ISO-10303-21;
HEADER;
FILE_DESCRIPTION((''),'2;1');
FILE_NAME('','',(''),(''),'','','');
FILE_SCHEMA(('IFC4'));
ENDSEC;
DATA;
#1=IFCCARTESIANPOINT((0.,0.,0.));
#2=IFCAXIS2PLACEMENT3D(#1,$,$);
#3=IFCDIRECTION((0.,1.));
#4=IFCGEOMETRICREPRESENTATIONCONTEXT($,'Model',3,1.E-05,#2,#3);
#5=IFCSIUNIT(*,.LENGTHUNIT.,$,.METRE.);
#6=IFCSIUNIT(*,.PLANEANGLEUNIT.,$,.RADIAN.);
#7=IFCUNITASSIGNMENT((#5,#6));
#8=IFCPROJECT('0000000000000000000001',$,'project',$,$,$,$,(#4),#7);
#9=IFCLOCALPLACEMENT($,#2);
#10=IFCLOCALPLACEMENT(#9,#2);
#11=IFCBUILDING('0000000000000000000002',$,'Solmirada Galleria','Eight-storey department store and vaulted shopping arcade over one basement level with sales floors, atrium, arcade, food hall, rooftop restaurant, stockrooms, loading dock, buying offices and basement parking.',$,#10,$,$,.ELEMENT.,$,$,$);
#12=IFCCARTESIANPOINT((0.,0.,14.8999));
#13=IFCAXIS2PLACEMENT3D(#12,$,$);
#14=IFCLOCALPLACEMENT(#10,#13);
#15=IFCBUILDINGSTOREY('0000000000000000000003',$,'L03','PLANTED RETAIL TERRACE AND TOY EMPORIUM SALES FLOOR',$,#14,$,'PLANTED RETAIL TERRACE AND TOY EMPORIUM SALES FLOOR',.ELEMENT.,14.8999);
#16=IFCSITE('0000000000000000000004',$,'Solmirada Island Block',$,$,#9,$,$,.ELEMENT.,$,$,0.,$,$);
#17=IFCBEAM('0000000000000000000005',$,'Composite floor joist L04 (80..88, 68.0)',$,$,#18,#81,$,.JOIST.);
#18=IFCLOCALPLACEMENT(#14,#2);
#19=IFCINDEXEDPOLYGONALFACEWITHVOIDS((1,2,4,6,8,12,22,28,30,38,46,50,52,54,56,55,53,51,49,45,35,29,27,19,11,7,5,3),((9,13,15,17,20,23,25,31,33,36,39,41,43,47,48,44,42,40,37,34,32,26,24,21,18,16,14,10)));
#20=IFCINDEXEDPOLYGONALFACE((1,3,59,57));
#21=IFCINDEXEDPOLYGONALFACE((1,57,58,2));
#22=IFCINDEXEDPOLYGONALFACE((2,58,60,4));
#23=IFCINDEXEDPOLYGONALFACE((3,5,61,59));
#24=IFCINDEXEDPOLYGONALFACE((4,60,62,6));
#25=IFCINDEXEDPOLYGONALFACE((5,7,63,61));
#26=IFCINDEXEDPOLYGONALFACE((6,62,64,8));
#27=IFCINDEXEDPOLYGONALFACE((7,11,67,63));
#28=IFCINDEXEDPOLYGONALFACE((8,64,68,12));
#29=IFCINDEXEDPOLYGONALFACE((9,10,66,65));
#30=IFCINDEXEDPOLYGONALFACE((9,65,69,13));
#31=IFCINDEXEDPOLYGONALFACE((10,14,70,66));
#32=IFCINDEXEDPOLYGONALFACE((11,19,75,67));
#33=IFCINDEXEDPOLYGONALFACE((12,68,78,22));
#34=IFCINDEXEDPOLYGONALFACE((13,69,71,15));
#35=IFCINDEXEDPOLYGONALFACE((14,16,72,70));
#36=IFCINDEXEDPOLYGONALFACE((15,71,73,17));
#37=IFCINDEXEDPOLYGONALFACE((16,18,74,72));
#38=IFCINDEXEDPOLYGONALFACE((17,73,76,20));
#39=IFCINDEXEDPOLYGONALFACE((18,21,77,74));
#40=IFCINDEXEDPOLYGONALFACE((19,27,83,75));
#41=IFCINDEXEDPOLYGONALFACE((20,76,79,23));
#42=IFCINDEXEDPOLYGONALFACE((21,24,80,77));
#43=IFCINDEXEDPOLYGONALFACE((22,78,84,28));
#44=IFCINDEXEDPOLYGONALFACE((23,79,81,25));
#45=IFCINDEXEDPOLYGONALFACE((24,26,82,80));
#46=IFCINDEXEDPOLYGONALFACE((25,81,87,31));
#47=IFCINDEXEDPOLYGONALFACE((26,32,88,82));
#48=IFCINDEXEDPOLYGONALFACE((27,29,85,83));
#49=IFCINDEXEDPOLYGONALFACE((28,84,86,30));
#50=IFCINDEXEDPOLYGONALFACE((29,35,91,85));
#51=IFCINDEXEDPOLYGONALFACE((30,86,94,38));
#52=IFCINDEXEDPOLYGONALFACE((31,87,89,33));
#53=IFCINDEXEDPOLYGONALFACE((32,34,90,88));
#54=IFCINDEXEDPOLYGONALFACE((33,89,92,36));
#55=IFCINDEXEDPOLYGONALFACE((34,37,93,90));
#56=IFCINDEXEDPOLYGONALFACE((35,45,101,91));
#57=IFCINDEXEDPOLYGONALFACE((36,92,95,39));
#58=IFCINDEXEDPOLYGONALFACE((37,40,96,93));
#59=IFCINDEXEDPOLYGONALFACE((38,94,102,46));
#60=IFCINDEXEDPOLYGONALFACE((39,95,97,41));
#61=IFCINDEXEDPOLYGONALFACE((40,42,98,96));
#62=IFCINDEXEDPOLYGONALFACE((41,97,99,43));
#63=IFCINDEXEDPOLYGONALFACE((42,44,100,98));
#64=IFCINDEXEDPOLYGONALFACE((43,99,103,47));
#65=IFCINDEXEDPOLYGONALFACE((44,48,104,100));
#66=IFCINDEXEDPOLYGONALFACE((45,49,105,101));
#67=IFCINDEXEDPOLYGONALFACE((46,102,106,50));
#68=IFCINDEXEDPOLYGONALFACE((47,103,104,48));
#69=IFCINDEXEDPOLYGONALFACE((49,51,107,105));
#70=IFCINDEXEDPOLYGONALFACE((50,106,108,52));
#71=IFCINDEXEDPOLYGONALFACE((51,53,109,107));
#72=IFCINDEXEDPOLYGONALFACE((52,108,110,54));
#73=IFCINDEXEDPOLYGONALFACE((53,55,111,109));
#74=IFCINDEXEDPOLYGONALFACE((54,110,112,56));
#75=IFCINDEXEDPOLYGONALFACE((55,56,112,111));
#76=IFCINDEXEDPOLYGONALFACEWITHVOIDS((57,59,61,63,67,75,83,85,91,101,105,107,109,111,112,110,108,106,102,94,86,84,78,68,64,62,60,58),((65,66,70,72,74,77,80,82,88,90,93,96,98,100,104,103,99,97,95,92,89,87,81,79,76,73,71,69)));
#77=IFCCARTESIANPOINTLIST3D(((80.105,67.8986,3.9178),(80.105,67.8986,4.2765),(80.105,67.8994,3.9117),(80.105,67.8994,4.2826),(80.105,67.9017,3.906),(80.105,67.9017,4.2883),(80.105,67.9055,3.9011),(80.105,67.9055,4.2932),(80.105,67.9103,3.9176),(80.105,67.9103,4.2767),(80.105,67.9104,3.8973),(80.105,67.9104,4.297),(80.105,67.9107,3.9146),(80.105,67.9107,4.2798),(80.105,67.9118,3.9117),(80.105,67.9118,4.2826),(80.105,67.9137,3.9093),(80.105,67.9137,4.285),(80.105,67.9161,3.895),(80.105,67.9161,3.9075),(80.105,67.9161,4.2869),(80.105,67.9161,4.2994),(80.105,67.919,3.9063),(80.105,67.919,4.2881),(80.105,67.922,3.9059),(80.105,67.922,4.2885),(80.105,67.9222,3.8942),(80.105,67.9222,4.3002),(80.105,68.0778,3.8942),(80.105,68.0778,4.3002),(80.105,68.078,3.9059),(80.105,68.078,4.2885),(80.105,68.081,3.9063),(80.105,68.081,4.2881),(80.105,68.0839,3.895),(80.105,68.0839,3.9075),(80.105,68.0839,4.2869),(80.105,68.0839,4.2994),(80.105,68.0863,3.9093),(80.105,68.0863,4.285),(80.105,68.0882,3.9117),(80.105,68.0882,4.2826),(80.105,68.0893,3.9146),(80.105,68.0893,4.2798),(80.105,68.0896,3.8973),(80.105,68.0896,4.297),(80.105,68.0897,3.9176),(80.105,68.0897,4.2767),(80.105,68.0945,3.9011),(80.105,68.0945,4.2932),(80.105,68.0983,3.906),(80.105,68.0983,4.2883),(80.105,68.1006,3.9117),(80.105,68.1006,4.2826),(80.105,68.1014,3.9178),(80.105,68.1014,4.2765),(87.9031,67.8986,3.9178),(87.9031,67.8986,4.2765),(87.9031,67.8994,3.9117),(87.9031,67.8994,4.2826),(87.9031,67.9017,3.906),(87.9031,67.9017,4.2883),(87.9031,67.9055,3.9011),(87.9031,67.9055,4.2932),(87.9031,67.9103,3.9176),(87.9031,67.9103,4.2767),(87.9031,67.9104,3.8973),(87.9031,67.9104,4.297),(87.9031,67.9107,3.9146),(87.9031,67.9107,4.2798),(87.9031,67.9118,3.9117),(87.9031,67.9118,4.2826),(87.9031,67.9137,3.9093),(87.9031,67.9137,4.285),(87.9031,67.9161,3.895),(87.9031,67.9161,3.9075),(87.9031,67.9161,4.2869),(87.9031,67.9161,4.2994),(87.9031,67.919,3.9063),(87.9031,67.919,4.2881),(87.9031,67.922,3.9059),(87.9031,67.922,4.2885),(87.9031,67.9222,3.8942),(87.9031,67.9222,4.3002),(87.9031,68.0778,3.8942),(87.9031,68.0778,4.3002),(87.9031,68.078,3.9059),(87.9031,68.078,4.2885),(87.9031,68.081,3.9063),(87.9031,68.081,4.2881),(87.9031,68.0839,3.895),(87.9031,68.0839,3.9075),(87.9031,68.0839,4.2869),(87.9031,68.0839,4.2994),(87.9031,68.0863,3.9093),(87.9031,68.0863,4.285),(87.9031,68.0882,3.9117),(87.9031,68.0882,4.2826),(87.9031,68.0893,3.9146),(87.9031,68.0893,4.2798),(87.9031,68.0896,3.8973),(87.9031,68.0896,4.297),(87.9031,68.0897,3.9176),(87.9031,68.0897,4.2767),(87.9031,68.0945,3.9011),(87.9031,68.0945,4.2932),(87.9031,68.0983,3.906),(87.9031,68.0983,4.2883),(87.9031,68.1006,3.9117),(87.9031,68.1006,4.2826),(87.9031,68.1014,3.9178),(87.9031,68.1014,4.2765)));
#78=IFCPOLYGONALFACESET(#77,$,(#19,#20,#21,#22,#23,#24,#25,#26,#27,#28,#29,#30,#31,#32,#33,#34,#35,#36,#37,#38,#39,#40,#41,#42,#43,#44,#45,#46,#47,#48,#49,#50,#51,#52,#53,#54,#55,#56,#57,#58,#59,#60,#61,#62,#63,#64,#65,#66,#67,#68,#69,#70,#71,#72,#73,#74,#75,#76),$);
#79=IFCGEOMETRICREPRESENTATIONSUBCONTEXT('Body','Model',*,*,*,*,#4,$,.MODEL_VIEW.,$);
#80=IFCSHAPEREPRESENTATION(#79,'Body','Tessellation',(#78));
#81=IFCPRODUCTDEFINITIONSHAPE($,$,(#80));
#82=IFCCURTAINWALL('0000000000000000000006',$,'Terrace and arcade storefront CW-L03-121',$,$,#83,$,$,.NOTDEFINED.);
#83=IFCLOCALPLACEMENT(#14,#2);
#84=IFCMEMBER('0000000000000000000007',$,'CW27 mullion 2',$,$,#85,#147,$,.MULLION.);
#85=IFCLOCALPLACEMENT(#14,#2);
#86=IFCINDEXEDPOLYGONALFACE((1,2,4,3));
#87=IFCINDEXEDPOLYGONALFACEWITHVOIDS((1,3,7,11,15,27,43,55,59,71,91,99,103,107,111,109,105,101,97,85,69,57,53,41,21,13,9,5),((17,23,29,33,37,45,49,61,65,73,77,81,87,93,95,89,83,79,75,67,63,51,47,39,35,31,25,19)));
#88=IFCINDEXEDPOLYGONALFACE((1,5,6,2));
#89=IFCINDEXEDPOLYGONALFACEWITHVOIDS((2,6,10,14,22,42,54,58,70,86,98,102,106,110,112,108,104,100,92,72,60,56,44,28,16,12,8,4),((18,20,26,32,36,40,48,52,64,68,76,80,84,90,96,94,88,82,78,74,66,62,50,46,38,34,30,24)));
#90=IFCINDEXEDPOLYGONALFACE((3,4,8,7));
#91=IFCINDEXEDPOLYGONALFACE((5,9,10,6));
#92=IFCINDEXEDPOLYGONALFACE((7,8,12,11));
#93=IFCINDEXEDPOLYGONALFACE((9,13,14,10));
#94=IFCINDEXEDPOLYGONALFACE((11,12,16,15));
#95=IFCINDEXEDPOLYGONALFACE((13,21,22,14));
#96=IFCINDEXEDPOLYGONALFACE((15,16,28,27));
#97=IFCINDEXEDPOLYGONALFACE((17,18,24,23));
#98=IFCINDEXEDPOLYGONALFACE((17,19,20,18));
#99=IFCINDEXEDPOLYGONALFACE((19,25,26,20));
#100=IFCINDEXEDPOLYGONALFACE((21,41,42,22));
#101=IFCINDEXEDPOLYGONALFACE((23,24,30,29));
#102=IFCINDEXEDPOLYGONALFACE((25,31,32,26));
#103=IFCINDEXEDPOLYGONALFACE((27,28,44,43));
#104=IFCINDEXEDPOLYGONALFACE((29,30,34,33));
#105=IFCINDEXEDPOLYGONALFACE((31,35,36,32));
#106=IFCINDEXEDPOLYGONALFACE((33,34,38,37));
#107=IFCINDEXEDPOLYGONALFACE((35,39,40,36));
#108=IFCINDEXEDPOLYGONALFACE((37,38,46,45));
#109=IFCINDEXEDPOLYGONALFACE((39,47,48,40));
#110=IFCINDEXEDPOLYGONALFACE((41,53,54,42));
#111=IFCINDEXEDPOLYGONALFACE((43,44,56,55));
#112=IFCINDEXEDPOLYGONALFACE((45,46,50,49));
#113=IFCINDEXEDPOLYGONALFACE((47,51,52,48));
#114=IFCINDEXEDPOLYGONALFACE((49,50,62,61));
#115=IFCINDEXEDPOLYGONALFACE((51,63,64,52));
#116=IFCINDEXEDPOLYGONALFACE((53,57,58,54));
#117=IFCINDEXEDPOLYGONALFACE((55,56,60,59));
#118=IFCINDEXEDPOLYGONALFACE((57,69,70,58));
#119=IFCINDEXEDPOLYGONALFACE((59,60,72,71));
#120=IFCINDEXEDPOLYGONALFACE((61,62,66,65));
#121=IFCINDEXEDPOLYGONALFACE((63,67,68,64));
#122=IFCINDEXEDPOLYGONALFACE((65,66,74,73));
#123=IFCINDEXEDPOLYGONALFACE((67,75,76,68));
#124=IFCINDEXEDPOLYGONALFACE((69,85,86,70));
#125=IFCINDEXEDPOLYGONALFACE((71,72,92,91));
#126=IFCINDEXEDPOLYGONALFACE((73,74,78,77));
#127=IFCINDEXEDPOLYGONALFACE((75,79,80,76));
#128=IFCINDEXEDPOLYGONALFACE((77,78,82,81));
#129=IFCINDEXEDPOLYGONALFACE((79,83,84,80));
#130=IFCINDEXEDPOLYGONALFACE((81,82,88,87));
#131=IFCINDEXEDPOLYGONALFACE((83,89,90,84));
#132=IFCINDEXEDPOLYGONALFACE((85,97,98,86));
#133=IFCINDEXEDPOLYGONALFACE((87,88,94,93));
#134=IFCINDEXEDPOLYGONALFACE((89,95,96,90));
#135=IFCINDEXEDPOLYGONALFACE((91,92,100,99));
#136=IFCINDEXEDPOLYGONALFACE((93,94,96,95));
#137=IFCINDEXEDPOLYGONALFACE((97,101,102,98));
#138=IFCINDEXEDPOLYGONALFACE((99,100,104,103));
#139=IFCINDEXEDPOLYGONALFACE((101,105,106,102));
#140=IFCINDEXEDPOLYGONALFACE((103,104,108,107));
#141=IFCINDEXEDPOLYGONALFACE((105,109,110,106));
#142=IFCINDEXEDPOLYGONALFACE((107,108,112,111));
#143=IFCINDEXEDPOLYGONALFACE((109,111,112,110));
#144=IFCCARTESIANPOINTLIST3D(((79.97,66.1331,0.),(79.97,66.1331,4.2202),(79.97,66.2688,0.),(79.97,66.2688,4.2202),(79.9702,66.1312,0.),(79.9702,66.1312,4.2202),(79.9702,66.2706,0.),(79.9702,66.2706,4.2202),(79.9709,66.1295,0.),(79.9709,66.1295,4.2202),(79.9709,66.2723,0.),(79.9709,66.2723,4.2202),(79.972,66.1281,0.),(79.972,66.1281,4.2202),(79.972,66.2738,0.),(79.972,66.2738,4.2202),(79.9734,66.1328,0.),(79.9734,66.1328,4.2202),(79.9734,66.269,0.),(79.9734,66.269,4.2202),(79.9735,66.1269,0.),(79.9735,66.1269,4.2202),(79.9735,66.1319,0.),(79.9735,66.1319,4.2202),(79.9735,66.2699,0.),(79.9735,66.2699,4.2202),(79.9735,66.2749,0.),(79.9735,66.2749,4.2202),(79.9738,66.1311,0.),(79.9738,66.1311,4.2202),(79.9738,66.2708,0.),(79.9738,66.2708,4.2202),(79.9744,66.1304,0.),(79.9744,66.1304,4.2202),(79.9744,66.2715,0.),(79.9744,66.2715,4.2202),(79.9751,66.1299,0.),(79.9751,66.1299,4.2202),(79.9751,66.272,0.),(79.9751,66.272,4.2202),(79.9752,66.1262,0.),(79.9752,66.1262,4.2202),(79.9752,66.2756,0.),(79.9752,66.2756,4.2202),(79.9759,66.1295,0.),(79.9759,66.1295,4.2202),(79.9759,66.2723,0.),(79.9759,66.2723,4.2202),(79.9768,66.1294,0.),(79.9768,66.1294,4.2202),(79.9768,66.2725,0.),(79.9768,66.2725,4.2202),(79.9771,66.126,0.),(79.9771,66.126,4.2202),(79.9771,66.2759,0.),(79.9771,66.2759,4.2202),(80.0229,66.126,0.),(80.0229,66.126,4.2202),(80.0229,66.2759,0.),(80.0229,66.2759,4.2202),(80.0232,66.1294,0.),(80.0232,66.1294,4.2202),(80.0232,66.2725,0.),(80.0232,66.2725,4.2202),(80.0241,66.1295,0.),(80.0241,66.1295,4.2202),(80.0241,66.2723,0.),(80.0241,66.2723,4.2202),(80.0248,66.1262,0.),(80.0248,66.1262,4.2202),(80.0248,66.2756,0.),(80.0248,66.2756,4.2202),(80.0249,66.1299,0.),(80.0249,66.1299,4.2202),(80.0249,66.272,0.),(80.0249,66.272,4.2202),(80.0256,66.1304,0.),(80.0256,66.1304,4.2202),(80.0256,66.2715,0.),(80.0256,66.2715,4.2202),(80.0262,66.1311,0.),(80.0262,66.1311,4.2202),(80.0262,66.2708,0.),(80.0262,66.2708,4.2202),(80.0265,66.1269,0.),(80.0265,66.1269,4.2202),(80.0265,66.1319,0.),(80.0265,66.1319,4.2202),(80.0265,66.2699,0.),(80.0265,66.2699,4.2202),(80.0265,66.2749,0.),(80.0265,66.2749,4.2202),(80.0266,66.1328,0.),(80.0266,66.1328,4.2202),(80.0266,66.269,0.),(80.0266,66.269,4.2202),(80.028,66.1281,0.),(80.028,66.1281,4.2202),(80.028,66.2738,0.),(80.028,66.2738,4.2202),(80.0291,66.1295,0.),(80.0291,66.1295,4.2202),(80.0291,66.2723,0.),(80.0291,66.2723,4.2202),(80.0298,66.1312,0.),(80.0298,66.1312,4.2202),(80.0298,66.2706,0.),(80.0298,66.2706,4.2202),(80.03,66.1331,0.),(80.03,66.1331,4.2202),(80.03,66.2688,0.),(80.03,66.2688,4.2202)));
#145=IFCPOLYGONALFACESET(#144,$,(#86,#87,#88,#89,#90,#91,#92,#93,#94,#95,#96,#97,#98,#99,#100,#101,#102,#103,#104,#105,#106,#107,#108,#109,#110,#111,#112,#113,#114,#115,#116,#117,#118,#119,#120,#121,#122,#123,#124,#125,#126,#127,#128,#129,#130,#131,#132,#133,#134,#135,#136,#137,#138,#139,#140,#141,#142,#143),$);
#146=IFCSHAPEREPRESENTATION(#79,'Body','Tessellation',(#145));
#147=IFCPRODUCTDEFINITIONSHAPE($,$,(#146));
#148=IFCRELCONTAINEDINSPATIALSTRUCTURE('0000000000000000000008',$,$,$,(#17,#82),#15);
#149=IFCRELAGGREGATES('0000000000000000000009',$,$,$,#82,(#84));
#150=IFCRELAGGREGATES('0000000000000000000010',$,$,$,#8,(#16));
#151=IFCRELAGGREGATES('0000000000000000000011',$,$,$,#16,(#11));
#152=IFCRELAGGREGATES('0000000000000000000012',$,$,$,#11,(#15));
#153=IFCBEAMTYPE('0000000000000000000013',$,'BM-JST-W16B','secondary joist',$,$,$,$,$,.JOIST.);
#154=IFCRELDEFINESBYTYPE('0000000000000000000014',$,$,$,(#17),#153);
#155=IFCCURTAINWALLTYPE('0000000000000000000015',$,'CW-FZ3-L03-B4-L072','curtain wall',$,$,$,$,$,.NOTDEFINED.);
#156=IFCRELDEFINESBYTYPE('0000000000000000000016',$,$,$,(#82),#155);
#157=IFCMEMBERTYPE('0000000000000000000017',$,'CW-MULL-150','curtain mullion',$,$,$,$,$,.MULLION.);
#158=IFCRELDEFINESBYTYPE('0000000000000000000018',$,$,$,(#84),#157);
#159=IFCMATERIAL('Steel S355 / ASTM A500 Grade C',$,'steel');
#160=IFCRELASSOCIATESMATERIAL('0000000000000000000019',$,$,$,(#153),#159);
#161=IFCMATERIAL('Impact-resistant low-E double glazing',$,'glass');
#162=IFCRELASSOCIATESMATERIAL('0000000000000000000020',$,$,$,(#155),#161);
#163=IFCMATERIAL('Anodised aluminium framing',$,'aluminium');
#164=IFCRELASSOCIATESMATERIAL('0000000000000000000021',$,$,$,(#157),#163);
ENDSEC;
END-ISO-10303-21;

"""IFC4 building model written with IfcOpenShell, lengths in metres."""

from ifc_helpers import new_model, si_unit, direction, frame, origin, origin_2d, place, context, subcontext, project, spatial, hollow_rectangle, extrude, material, material_profile, profile_set, type_object, element, aggregate, save


model = new_model("IFC4")

# Units and contexts
model_context = context("Model", 3, precision=1e-05, world=origin(), true_north=direction((0.0, 1.0)))
body_context = subcontext(model_context, "Body", "Model", "MODEL_VIEW")
ifc_project = project(units=[si_unit("LENGTHUNIT", "METRE"), si_unit("PLANEANGLEUNIT", "RADIAN")], contexts=[model_context])

# Site, building, storey
site_placement = place(None, origin())
site = spatial("IfcSite", under=ifc_project, at=site_placement, Name="Solmirada Island Block", CompositionType="ELEMENT", RefElevation=0.0)
building_placement = place(site_placement, origin())
building = spatial("IfcBuilding", under=site, at=building_placement, Name="Solmirada Galleria", Description="Eight-storey department store and vaulted shopping arcade over one basement level with sales floors, atrium, arcade, food hall, rooftop restaurant, stockrooms, loading dock, buying offices and basement parking.", CompositionType="ELEMENT")
storey_placement = place(building_placement, frame((0.0, 0.0, 14.8999)))
storey = spatial("IfcBuildingStorey", under=building, at=storey_placement, Name="L03", Description="PLANTED RETAIL TERRACE AND TOY EMPORIUM SALES FLOOR", LongName="PLANTED RETAIL TERRACE AND TOY EMPORIUM SALES FLOOR", CompositionType="ELEMENT", Elevation=14.8999)

# Beam
ifc_material_1 = material(Name="Steel S355 / ASTM A500 Grade C", Category="steel")
ifc_material_profile_1 = material_profile(ifc_material_1, hollow_rectangle(XDim=0.2029, YDim=0.406, WallThickness=0.0117, InnerFilletRadius=0.0117, OuterFilletRadius=0.0237, at=origin_2d()), Name="HSS16X8X1/2")
ifc_profile_set_1 = profile_set([ifc_material_profile_1], Name="Steel S355 / ASTM A500 Grade C")
beam_type_1 = type_object("IfcBeamType", Name="BM-JST-W16B", Description="secondary joist", PredefinedType="JOIST", material=ifc_profile_set_1)
for number, where, z_axis, x_axis, name in (
    (1, (80.105, 68.0, 4.0972), (1.0, 0.0, 0.0), (0.0, 1.0, 0.0), "Composite floor joist L04 (80..88, 68.0)"),
):
    element("IfcBeam", number, at=place(storey_placement, frame(where, z_axis=z_axis, x_axis=x_axis)), inside=storey, type_object=beam_type_1, Name=name, PredefinedType="JOIST", context=body_context, shape_type="SweptSolid", body=[
        extrude(hollow_rectangle(XDim=0.2029, YDim=0.406, WallThickness=0.0117, InnerFilletRadius=0.0117, OuterFilletRadius=0.0237, at=origin_2d()), origin(), (0.0, 0.0, 1.0), 7.7981),
    ])

# Curtain wall, member
ifc_material_2 = material(Name="Impact-resistant low-E double glazing", Category="glass")
curtain_wall_type = type_object("IfcCurtainWallType", Name="CW-FZ3-L03-B4-L072", Description="curtain wall", PredefinedType="NOTDEFINED", material=ifc_material_2)
curtain_wall_placement = place(storey_placement, origin())
curtain_wall = element("IfcCurtainWall", 2, at=curtain_wall_placement, inside=storey, type_object=curtain_wall_type, Name="Terrace and arcade storefront CW-L03-121", PredefinedType="NOTDEFINED")
ifc_material_3 = material(Name="Anodised aluminium framing", Category="aluminium")
ifc_material_profile_2 = material_profile(ifc_material_3, hollow_rectangle(XDim=0.0601, YDim=0.1499, WallThickness=0.0034, InnerFilletRadius=0.0034, OuterFilletRadius=0.0071, at=origin_2d()), Name="ALU-MULL-150X60")
ifc_profile_set_2 = profile_set([ifc_material_profile_2], Name="Anodised aluminium framing")
member_type_1 = type_object("IfcMemberType", Name="CW-MULL-150", Description="curtain mullion", PredefinedType="MULLION", material=ifc_profile_set_2)
member_1_placement = place(storey_placement, frame((80.0, 66.2009, 0.0), z_axis=(0.0, 0.0, 1.0), x_axis=(-1.0, 0.0, 0.0)))
member_1 = element("IfcMember", 3, at=member_1_placement, type_object=member_type_1, Name="CW27 mullion 2", PredefinedType="MULLION", context=body_context, shape_type="SweptSolid", body=[
    extrude(hollow_rectangle(XDim=0.0601, YDim=0.1499, WallThickness=0.0034, InnerFilletRadius=0.0034, OuterFilletRadius=0.0071, at=origin_2d()), origin(), (0.0, 0.0, 1.0), 4.2202),
])
aggregate(curtain_wall, [member_1])

save(model, "model.ifc")
